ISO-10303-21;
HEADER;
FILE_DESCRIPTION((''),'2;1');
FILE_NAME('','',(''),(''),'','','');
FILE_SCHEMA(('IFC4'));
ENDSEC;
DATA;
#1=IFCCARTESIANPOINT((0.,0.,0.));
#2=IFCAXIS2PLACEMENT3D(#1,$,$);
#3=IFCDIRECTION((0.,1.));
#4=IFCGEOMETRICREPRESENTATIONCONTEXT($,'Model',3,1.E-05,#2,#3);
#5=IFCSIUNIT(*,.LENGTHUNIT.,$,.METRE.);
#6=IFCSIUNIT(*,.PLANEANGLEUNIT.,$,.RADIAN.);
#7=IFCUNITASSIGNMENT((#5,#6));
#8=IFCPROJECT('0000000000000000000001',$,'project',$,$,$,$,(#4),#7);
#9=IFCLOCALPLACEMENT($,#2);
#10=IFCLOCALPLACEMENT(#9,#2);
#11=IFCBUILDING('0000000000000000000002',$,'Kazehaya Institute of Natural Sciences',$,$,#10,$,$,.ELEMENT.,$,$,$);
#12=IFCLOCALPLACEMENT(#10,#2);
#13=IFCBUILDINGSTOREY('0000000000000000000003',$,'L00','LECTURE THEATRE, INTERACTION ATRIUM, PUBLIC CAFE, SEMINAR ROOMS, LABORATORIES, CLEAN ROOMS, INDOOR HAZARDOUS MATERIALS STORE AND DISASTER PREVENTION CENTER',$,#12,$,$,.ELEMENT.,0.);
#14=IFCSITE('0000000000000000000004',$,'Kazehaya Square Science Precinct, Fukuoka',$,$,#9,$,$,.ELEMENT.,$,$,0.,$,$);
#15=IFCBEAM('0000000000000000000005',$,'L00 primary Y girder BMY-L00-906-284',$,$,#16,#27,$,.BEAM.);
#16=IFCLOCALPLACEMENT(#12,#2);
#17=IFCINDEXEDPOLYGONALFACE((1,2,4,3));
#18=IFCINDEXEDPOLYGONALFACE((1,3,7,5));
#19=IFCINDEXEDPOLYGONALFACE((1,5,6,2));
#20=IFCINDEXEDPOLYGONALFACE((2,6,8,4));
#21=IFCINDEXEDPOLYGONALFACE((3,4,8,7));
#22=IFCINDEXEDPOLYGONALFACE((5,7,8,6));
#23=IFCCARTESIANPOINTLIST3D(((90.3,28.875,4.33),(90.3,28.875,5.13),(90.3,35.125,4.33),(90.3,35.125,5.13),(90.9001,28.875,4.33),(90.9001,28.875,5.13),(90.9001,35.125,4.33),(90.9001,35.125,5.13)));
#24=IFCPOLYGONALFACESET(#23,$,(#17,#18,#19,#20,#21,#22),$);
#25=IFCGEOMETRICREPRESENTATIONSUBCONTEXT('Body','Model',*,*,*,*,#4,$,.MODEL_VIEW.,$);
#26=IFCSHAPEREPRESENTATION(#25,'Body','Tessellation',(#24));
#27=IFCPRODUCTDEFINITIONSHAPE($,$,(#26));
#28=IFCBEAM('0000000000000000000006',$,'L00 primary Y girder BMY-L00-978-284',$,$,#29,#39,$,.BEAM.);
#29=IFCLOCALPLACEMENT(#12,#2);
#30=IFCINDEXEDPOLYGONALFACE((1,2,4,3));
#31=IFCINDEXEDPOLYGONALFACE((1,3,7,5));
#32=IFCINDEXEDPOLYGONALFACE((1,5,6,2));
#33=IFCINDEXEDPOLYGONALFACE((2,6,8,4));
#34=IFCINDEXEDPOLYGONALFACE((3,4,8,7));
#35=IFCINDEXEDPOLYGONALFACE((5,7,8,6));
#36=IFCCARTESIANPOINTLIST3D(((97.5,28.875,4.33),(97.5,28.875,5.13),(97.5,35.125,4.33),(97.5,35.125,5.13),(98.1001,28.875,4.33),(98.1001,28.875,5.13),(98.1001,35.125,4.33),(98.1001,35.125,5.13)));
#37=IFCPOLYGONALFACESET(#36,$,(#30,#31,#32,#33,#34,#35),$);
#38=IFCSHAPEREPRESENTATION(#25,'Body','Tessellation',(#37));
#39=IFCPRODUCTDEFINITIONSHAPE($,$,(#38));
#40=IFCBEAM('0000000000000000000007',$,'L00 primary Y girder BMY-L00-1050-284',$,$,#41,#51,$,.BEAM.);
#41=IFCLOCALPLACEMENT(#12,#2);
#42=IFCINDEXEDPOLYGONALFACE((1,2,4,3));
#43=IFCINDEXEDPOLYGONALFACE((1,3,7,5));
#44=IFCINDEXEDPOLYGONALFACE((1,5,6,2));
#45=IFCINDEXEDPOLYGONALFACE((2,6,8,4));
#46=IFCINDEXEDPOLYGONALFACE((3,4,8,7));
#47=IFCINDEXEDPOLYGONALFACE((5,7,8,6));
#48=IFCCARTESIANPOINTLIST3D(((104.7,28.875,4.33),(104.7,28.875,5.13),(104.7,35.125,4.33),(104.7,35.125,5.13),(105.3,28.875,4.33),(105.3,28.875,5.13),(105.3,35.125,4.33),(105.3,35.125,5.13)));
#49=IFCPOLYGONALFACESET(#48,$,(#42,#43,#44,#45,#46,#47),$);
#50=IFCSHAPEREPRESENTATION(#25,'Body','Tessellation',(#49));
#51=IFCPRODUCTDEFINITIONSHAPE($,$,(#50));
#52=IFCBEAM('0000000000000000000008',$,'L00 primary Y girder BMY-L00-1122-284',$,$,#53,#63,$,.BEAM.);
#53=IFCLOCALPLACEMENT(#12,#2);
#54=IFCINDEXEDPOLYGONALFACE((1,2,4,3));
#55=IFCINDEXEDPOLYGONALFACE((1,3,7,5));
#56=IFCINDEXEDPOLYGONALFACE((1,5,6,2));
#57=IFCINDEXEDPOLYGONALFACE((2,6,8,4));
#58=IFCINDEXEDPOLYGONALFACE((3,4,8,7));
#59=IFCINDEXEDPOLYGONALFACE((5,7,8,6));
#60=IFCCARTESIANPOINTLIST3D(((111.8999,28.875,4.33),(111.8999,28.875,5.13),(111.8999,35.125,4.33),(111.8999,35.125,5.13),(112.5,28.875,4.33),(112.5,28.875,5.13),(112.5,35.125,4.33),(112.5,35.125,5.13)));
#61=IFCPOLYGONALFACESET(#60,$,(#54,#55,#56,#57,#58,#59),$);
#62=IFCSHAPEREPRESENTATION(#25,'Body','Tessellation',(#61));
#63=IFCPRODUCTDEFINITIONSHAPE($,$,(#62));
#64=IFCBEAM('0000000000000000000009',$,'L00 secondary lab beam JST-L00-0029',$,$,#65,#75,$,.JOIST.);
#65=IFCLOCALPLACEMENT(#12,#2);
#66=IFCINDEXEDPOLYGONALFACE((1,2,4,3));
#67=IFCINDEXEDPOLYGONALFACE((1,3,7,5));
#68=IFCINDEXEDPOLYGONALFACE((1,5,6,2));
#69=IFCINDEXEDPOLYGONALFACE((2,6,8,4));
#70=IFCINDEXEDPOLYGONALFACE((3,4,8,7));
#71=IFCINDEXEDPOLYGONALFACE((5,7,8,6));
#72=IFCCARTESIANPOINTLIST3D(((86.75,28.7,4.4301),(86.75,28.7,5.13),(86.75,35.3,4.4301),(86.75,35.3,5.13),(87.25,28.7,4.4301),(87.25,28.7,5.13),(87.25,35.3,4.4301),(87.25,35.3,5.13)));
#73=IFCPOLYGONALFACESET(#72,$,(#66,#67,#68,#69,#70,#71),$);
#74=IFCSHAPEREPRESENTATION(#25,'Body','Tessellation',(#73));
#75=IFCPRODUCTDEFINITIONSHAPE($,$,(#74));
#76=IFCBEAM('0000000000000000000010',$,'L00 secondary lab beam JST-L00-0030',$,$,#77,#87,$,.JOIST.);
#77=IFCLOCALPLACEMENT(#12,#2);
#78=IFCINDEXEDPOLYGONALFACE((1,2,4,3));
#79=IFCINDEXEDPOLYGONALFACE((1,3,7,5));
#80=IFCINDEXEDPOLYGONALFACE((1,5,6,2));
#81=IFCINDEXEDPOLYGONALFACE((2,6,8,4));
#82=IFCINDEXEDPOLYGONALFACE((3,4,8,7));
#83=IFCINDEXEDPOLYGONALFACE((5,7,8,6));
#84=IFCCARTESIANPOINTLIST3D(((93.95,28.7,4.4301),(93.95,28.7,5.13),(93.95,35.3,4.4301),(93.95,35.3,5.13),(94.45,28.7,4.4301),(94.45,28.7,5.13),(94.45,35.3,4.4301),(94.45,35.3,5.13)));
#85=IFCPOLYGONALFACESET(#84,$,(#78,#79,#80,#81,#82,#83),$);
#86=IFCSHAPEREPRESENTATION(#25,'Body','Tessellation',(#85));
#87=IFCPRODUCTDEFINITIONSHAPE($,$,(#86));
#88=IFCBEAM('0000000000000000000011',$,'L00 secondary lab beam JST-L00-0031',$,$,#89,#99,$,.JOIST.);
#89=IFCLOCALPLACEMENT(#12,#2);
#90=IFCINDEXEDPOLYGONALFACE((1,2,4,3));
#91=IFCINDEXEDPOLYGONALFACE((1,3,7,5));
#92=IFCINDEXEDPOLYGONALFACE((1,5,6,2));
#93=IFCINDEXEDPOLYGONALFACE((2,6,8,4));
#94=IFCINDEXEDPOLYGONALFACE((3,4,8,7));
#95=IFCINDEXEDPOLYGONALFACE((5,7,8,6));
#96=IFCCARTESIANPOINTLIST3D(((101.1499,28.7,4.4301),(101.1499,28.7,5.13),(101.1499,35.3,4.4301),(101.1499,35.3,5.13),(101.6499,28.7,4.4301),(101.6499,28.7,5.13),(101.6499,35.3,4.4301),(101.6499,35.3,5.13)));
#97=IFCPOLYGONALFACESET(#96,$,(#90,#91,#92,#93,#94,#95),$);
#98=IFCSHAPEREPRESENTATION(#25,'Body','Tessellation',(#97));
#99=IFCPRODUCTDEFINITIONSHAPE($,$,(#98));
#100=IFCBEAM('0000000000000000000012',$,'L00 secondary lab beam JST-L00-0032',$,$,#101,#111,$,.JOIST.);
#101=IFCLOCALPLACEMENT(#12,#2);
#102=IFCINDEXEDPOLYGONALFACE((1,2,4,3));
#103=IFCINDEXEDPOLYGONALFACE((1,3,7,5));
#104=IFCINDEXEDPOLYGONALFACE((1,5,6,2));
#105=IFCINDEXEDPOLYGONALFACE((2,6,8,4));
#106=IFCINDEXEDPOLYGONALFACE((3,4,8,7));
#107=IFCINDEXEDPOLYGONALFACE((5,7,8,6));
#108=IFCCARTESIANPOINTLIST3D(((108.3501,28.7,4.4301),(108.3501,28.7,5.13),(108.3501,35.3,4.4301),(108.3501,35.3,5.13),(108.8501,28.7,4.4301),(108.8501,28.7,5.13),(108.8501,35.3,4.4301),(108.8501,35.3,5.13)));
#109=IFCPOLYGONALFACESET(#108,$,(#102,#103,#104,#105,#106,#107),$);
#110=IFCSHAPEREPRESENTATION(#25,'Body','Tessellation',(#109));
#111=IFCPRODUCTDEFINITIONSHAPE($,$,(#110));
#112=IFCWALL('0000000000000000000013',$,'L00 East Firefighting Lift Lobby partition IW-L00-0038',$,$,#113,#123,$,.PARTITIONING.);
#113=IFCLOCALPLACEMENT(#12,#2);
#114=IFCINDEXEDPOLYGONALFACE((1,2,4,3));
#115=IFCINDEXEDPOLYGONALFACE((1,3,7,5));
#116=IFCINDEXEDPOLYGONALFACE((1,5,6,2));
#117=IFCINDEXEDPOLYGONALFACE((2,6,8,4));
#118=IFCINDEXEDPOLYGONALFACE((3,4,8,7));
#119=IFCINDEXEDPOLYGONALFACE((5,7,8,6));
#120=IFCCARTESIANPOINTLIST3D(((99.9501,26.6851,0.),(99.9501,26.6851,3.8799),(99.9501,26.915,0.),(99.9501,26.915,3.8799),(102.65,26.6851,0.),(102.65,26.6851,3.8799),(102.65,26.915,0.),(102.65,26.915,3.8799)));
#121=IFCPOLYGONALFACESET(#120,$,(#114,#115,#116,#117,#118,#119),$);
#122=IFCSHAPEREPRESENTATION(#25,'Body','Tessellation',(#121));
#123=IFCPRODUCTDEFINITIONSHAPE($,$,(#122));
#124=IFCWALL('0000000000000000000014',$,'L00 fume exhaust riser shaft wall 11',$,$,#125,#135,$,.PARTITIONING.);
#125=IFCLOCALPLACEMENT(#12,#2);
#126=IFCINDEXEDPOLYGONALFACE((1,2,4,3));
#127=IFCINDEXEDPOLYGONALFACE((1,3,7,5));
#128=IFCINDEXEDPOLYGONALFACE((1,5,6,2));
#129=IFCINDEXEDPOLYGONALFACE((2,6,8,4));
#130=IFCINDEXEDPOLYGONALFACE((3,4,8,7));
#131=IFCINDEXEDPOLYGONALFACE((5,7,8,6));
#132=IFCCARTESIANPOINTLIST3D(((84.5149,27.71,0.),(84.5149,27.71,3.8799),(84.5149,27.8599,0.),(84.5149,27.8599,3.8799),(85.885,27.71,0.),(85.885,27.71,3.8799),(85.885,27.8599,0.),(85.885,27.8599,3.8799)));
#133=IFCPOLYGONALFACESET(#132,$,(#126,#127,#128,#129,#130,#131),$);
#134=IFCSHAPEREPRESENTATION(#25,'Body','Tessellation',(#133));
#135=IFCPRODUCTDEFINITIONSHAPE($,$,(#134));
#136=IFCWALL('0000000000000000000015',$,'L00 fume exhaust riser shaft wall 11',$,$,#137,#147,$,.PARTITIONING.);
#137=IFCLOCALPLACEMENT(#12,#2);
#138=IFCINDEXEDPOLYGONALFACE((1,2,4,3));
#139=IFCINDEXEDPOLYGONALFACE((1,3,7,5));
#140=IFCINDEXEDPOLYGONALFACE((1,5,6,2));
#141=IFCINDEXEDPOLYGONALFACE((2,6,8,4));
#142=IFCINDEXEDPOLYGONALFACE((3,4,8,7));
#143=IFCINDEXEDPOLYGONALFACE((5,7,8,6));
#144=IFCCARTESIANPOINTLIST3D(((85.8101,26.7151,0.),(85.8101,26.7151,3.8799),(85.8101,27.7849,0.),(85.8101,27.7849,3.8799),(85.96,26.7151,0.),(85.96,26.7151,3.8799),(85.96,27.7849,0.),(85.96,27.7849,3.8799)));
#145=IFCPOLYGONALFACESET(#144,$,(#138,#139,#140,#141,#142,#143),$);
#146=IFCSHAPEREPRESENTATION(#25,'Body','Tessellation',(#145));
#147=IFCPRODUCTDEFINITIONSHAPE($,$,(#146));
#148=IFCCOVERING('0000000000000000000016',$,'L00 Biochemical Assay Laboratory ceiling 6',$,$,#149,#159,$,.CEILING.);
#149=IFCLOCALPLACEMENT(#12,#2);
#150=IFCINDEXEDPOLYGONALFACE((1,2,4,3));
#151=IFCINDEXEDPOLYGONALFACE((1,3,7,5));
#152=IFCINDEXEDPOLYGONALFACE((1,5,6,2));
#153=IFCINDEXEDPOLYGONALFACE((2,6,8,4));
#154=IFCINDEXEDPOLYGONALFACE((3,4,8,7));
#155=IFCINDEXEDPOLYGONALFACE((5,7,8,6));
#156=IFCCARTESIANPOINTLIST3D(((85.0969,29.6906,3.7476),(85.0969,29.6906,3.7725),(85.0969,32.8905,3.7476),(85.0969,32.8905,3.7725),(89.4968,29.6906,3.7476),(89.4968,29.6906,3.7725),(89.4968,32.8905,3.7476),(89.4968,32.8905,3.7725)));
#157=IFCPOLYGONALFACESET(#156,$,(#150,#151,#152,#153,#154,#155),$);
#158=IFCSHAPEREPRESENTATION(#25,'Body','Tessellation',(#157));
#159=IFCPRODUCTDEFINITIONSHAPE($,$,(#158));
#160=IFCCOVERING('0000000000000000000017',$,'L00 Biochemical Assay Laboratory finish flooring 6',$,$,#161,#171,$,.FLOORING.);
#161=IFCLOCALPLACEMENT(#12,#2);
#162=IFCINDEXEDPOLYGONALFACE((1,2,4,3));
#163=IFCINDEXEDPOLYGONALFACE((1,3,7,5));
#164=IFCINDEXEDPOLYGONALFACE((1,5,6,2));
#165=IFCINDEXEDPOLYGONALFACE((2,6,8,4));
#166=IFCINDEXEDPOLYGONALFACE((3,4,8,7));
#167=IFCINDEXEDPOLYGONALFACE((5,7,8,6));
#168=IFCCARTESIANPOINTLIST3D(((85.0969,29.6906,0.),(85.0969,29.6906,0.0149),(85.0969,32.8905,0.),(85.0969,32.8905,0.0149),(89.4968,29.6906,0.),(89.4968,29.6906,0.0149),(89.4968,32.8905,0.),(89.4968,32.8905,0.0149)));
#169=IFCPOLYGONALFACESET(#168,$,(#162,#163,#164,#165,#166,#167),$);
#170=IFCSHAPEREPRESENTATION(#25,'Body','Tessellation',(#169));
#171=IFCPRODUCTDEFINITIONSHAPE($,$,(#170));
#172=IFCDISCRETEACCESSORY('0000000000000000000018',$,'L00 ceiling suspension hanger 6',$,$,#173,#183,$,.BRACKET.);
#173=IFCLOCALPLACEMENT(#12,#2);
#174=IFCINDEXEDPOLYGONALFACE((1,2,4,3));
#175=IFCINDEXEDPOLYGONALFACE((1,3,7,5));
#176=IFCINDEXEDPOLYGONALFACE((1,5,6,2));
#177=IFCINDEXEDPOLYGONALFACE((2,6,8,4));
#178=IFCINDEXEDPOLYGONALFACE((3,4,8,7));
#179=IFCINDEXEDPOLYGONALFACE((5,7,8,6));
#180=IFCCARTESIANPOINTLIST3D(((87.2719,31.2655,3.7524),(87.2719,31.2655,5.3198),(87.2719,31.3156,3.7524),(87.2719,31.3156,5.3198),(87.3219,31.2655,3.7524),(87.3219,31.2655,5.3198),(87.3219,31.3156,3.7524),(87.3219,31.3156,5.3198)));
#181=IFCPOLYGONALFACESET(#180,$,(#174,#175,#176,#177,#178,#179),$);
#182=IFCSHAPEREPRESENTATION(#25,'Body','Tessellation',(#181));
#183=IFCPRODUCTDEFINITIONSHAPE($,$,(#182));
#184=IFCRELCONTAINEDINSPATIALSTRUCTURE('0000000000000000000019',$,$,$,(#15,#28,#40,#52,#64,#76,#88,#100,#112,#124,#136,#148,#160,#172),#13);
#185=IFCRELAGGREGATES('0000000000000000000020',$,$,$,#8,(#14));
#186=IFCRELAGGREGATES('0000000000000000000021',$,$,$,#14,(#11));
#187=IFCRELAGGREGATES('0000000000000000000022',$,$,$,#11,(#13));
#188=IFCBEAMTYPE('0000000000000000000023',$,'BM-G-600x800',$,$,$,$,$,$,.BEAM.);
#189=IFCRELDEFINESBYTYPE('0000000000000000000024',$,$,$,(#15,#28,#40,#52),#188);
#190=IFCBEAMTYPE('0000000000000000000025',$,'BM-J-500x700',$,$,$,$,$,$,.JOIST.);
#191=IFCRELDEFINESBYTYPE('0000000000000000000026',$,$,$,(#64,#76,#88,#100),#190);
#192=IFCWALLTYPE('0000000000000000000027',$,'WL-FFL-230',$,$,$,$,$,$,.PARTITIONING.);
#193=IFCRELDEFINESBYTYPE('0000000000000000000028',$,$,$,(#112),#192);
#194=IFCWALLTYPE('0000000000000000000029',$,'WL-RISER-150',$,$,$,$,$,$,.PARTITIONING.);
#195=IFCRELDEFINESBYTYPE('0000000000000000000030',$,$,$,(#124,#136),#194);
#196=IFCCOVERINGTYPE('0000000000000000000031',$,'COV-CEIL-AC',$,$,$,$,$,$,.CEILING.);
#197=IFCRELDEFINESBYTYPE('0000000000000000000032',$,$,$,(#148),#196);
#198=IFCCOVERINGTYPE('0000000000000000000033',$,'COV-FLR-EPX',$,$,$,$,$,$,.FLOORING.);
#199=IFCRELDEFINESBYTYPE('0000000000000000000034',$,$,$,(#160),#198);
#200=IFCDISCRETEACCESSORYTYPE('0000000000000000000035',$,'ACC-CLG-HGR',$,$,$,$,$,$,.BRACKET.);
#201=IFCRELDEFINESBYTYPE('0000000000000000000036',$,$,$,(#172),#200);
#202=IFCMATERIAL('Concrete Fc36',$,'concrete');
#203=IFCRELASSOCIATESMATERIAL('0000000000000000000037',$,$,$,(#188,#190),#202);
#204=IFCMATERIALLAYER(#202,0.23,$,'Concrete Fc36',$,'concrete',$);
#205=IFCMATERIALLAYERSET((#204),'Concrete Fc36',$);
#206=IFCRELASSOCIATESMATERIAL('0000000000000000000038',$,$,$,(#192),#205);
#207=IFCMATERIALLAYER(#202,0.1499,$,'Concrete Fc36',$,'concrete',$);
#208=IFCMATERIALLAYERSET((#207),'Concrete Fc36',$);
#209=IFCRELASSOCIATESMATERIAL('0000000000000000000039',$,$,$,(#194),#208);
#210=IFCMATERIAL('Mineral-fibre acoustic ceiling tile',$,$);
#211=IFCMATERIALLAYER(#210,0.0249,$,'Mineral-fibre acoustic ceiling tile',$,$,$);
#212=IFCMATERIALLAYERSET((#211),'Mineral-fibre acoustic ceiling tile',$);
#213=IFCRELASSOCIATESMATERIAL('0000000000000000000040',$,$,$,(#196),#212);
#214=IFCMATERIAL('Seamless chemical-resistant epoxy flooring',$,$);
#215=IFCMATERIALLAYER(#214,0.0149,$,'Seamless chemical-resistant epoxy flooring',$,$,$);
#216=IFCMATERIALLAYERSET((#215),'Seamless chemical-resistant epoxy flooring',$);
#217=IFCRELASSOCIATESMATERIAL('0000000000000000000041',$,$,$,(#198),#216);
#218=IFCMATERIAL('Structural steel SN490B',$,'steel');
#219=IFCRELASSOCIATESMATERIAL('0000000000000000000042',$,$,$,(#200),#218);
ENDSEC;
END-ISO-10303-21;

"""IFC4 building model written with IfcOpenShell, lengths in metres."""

from ifc_helpers import new_model, si_unit, direction, frame, frame_2d, origin, origin_2d, place, context, subcontext, project, spatial, rectangle, extrude, material, layer, layer_set, material_profile, profile_set, type_object, element, save


model = new_model("IFC4")

# Units and contexts
model_context = context("Model", 3, precision=1e-05, world=origin(), true_north=direction((0.0, 1.0)))
body_context = subcontext(model_context, "Body", "Model", "MODEL_VIEW")
ifc_project = project(units=[si_unit("LENGTHUNIT", "METRE"), si_unit("PLANEANGLEUNIT", "RADIAN")], contexts=[model_context])

# Site, building, storey
site_placement = place(None, origin())
site = spatial("IfcSite", under=ifc_project, at=site_placement, Name="Kazehaya Square Science Precinct, Fukuoka", CompositionType="ELEMENT", RefElevation=0.0)
building_placement = place(site_placement, origin())
building = spatial("IfcBuilding", under=site, at=building_placement, Name="Kazehaya Institute of Natural Sciences", CompositionType="ELEMENT")
storey_placement = place(building_placement, origin())
storey = spatial("IfcBuildingStorey", under=building, at=storey_placement, Name="L00", Description="LECTURE THEATRE, INTERACTION ATRIUM, PUBLIC CAFE, SEMINAR ROOMS, LABORATORIES, CLEAN ROOMS, INDOOR HAZARDOUS MATERIALS STORE AND DISASTER PREVENTION CENTER", CompositionType="ELEMENT", Elevation=0.0)

# Beams
ifc_material_1 = material(Name="Concrete Fc36", Category="concrete")
ifc_material_profile_1 = material_profile(ifc_material_1, rectangle(XDim=0.6001, YDim=0.8, at=origin_2d()), Name="RC-600x800")
ifc_profile_set_1 = profile_set([ifc_material_profile_1], Name="Concrete Fc36")
beam_type_1 = type_object("IfcBeamType", Name="BM-G-600x800", PredefinedType="BEAM", material=ifc_profile_set_1)
for number, where, z_axis, x_axis, name in (
    (1, (90.6001, 28.875, 4.73), (0.0, 1.0, 0.0), (-1.0, 0.0, 0.0), "L00 primary Y girder BMY-L00-906-284"),
    (2, (97.8, 28.875, 4.73), (0.0, 1.0, 0.0), (-1.0, 0.0, 0.0), "L00 primary Y girder BMY-L00-978-284"),
    (3, (105.0, 28.875, 4.73), (0.0, 1.0, 0.0), (-1.0, 0.0, 0.0), "L00 primary Y girder BMY-L00-1050-284"),
    (4, (112.2, 28.875, 4.73), (0.0, 1.0, 0.0), (-1.0, 0.0, 0.0), "L00 primary Y girder BMY-L00-1122-284"),
):
    element("IfcBeam", number, at=place(storey_placement, frame(where, z_axis=z_axis, x_axis=x_axis)), inside=storey, type_object=beam_type_1, Name=name, PredefinedType="BEAM", context=body_context, shape_type="SweptSolid", body=[
        extrude(rectangle(XDim=0.6001, YDim=0.8, at=origin_2d()), origin(), (0.0, 0.0, 1.0), 6.25),
    ])
ifc_material_profile_2 = material_profile(ifc_material_1, rectangle(XDim=0.5, YDim=0.7, at=origin_2d()), Name="RC-500x700")
ifc_profile_set_2 = profile_set([ifc_material_profile_2], Name="Concrete Fc36")
beam_type_2 = type_object("IfcBeamType", Name="BM-J-500x700", PredefinedType="JOIST", material=ifc_profile_set_2)
for number, where, z_axis, x_axis, name in (
    (5, (87.0, 28.7, 4.78), (0.0, 1.0, 0.0), (-1.0, 0.0, 0.0), "L00 secondary lab beam JST-L00-0029"),
    (6, (94.2, 28.7, 4.78), (0.0, 1.0, 0.0), (-1.0, 0.0, 0.0), "L00 secondary lab beam JST-L00-0030"),
    (7, (101.3999, 28.7, 4.78), (0.0, 1.0, 0.0), (-1.0, 0.0, 0.0), "L00 secondary lab beam JST-L00-0031"),
    (8, (108.6001, 28.7, 4.78), (0.0, 1.0, 0.0), (-1.0, 0.0, 0.0), "L00 secondary lab beam JST-L00-0032"),
):
    element("IfcBeam", number, at=place(storey_placement, frame(where, z_axis=z_axis, x_axis=x_axis)), inside=storey, type_object=beam_type_2, Name=name, PredefinedType="JOIST", context=body_context, shape_type="SweptSolid", body=[
        extrude(rectangle(XDim=0.5, YDim=0.7, at=origin_2d()), origin(), (0.0, 0.0, 1.0), 6.6001),
    ])

# Walls
ifc_layer_1 = layer(ifc_material_1, 0.23, Name="Concrete Fc36", Category="concrete")
ifc_layer_set_1 = layer_set([ifc_layer_1], Name="Concrete Fc36")
wall_type_1 = type_object("IfcWallType", Name="WL-FFL-230", PredefinedType="PARTITIONING", material=ifc_layer_set_1)
wall_1_placement = place(storey_placement, frame((99.95, 26.8, 0.0), z_axis=(0.0, 0.0, 1.0), x_axis=(1.0, 0.0, 0.0)))
element("IfcWall", 9, at=wall_1_placement, inside=storey, type_object=wall_type_1, Name="L00 East Firefighting Lift Lobby partition IW-L00-0038", PredefinedType="PARTITIONING", context=body_context, shape_type="SweptSolid", body=[
    extrude(rectangle(XDim=2.7, YDim=0.23, at=frame_2d((1.3501, 0.0))), origin(), (0.0, 0.0, 1.0), 3.8799),
])
ifc_layer_2 = layer(ifc_material_1, 0.1499, Name="Concrete Fc36", Category="concrete")
ifc_layer_set_2 = layer_set([ifc_layer_2], Name="Concrete Fc36")
wall_type_2 = type_object("IfcWallType", Name="WL-RISER-150", PredefinedType="PARTITIONING", material=ifc_layer_set_2)
wall_2_placement = place(storey_placement, frame((84.5149, 27.7849, 0.0), z_axis=(0.0, 0.0, 1.0), x_axis=(1.0, 0.0, 0.0)))
element("IfcWall", 10, at=wall_2_placement, inside=storey, type_object=wall_type_2, Name="L00 fume exhaust riser shaft wall 11", PredefinedType="PARTITIONING", context=body_context, shape_type="SweptSolid", body=[
    extrude(rectangle(XDim=1.3701, YDim=0.1499, at=frame_2d((0.6851, 0.0))), origin(), (0.0, 0.0, 1.0), 3.8799),
])
wall_3_placement = place(storey_placement, frame((85.885, 27.7849, 0.0), z_axis=(0.0, 0.0, 1.0), x_axis=(0.0, -1.0, 0.0)))
element("IfcWall", 11, at=wall_3_placement, inside=storey, type_object=wall_type_2, Name="L00 fume exhaust riser shaft wall 11", PredefinedType="PARTITIONING", context=body_context, shape_type="SweptSolid", body=[
    extrude(rectangle(XDim=1.0698, YDim=0.1499, at=frame_2d((0.5349, 0.0))), origin(), (0.0, 0.0, 1.0), 3.8799),
])

# Coverings
ifc_material_2 = material(Name="Mineral-fibre acoustic ceiling tile")
ifc_layer_3 = layer(ifc_material_2, 0.0249, Name="Mineral-fibre acoustic ceiling tile")
ifc_layer_set_3 = layer_set([ifc_layer_3], Name="Mineral-fibre acoustic ceiling tile")
covering_type_1 = type_object("IfcCoveringType", Name="COV-CEIL-AC", PredefinedType="CEILING", material=ifc_layer_set_3)
covering_1_placement = place(storey_placement, frame((87.2969, 31.2905, 3.7476), z_axis=(0.0, 0.0, 1.0), x_axis=(1.0, 0.0, 0.0)))
element("IfcCovering", 12, at=covering_1_placement, inside=storey, type_object=covering_type_1, Name="L00 Biochemical Assay Laboratory ceiling 6", PredefinedType="CEILING", context=body_context, shape_type="SweptSolid", body=[
    extrude(rectangle(XDim=4.3999, YDim=3.2, at=origin_2d()), origin(), (0.0, 0.0, 1.0), 0.0249),
])
ifc_material_3 = material(Name="Seamless chemical-resistant epoxy flooring")
ifc_layer_4 = layer(ifc_material_3, 0.0149, Name="Seamless chemical-resistant epoxy flooring")
ifc_layer_set_4 = layer_set([ifc_layer_4], Name="Seamless chemical-resistant epoxy flooring")
covering_type_2 = type_object("IfcCoveringType", Name="COV-FLR-EPX", PredefinedType="FLOORING", material=ifc_layer_set_4)
covering_2_placement = place(storey_placement, frame((87.2969, 31.2905, 0.0), z_axis=(0.0, 0.0, 1.0), x_axis=(1.0, 0.0, 0.0)))
element("IfcCovering", 13, at=covering_2_placement, inside=storey, type_object=covering_type_2, Name="L00 Biochemical Assay Laboratory finish flooring 6", PredefinedType="FLOORING", context=body_context, shape_type="SweptSolid", body=[
    extrude(rectangle(XDim=4.3999, YDim=3.2, at=origin_2d()), origin(), (0.0, 0.0, 1.0), 0.0149),
])

# Discrete accessory
ifc_material_4 = material(Name="Structural steel SN490B", Category="steel")
discrete_accessory_type = type_object("IfcDiscreteAccessoryType", Name="ACC-CLG-HGR", PredefinedType="BRACKET", material=ifc_material_4)
discrete_accessory_placement = place(storey_placement, frame((87.2969, 31.2905, 3.7524), z_axis=(0.0, 0.0, 1.0), x_axis=(1.0, 0.0, 0.0)))
element("IfcDiscreteAccessory", 14, at=discrete_accessory_placement, inside=storey, type_object=discrete_accessory_type, Name="L00 ceiling suspension hanger 6", PredefinedType="BRACKET", context=body_context, shape_type="SweptSolid", body=[
    extrude(rectangle(XDim=0.05, YDim=0.05, at=origin_2d()), origin(), (0.0, 0.0, 1.0), 1.5674),
])

save(model, "model.ifc")
